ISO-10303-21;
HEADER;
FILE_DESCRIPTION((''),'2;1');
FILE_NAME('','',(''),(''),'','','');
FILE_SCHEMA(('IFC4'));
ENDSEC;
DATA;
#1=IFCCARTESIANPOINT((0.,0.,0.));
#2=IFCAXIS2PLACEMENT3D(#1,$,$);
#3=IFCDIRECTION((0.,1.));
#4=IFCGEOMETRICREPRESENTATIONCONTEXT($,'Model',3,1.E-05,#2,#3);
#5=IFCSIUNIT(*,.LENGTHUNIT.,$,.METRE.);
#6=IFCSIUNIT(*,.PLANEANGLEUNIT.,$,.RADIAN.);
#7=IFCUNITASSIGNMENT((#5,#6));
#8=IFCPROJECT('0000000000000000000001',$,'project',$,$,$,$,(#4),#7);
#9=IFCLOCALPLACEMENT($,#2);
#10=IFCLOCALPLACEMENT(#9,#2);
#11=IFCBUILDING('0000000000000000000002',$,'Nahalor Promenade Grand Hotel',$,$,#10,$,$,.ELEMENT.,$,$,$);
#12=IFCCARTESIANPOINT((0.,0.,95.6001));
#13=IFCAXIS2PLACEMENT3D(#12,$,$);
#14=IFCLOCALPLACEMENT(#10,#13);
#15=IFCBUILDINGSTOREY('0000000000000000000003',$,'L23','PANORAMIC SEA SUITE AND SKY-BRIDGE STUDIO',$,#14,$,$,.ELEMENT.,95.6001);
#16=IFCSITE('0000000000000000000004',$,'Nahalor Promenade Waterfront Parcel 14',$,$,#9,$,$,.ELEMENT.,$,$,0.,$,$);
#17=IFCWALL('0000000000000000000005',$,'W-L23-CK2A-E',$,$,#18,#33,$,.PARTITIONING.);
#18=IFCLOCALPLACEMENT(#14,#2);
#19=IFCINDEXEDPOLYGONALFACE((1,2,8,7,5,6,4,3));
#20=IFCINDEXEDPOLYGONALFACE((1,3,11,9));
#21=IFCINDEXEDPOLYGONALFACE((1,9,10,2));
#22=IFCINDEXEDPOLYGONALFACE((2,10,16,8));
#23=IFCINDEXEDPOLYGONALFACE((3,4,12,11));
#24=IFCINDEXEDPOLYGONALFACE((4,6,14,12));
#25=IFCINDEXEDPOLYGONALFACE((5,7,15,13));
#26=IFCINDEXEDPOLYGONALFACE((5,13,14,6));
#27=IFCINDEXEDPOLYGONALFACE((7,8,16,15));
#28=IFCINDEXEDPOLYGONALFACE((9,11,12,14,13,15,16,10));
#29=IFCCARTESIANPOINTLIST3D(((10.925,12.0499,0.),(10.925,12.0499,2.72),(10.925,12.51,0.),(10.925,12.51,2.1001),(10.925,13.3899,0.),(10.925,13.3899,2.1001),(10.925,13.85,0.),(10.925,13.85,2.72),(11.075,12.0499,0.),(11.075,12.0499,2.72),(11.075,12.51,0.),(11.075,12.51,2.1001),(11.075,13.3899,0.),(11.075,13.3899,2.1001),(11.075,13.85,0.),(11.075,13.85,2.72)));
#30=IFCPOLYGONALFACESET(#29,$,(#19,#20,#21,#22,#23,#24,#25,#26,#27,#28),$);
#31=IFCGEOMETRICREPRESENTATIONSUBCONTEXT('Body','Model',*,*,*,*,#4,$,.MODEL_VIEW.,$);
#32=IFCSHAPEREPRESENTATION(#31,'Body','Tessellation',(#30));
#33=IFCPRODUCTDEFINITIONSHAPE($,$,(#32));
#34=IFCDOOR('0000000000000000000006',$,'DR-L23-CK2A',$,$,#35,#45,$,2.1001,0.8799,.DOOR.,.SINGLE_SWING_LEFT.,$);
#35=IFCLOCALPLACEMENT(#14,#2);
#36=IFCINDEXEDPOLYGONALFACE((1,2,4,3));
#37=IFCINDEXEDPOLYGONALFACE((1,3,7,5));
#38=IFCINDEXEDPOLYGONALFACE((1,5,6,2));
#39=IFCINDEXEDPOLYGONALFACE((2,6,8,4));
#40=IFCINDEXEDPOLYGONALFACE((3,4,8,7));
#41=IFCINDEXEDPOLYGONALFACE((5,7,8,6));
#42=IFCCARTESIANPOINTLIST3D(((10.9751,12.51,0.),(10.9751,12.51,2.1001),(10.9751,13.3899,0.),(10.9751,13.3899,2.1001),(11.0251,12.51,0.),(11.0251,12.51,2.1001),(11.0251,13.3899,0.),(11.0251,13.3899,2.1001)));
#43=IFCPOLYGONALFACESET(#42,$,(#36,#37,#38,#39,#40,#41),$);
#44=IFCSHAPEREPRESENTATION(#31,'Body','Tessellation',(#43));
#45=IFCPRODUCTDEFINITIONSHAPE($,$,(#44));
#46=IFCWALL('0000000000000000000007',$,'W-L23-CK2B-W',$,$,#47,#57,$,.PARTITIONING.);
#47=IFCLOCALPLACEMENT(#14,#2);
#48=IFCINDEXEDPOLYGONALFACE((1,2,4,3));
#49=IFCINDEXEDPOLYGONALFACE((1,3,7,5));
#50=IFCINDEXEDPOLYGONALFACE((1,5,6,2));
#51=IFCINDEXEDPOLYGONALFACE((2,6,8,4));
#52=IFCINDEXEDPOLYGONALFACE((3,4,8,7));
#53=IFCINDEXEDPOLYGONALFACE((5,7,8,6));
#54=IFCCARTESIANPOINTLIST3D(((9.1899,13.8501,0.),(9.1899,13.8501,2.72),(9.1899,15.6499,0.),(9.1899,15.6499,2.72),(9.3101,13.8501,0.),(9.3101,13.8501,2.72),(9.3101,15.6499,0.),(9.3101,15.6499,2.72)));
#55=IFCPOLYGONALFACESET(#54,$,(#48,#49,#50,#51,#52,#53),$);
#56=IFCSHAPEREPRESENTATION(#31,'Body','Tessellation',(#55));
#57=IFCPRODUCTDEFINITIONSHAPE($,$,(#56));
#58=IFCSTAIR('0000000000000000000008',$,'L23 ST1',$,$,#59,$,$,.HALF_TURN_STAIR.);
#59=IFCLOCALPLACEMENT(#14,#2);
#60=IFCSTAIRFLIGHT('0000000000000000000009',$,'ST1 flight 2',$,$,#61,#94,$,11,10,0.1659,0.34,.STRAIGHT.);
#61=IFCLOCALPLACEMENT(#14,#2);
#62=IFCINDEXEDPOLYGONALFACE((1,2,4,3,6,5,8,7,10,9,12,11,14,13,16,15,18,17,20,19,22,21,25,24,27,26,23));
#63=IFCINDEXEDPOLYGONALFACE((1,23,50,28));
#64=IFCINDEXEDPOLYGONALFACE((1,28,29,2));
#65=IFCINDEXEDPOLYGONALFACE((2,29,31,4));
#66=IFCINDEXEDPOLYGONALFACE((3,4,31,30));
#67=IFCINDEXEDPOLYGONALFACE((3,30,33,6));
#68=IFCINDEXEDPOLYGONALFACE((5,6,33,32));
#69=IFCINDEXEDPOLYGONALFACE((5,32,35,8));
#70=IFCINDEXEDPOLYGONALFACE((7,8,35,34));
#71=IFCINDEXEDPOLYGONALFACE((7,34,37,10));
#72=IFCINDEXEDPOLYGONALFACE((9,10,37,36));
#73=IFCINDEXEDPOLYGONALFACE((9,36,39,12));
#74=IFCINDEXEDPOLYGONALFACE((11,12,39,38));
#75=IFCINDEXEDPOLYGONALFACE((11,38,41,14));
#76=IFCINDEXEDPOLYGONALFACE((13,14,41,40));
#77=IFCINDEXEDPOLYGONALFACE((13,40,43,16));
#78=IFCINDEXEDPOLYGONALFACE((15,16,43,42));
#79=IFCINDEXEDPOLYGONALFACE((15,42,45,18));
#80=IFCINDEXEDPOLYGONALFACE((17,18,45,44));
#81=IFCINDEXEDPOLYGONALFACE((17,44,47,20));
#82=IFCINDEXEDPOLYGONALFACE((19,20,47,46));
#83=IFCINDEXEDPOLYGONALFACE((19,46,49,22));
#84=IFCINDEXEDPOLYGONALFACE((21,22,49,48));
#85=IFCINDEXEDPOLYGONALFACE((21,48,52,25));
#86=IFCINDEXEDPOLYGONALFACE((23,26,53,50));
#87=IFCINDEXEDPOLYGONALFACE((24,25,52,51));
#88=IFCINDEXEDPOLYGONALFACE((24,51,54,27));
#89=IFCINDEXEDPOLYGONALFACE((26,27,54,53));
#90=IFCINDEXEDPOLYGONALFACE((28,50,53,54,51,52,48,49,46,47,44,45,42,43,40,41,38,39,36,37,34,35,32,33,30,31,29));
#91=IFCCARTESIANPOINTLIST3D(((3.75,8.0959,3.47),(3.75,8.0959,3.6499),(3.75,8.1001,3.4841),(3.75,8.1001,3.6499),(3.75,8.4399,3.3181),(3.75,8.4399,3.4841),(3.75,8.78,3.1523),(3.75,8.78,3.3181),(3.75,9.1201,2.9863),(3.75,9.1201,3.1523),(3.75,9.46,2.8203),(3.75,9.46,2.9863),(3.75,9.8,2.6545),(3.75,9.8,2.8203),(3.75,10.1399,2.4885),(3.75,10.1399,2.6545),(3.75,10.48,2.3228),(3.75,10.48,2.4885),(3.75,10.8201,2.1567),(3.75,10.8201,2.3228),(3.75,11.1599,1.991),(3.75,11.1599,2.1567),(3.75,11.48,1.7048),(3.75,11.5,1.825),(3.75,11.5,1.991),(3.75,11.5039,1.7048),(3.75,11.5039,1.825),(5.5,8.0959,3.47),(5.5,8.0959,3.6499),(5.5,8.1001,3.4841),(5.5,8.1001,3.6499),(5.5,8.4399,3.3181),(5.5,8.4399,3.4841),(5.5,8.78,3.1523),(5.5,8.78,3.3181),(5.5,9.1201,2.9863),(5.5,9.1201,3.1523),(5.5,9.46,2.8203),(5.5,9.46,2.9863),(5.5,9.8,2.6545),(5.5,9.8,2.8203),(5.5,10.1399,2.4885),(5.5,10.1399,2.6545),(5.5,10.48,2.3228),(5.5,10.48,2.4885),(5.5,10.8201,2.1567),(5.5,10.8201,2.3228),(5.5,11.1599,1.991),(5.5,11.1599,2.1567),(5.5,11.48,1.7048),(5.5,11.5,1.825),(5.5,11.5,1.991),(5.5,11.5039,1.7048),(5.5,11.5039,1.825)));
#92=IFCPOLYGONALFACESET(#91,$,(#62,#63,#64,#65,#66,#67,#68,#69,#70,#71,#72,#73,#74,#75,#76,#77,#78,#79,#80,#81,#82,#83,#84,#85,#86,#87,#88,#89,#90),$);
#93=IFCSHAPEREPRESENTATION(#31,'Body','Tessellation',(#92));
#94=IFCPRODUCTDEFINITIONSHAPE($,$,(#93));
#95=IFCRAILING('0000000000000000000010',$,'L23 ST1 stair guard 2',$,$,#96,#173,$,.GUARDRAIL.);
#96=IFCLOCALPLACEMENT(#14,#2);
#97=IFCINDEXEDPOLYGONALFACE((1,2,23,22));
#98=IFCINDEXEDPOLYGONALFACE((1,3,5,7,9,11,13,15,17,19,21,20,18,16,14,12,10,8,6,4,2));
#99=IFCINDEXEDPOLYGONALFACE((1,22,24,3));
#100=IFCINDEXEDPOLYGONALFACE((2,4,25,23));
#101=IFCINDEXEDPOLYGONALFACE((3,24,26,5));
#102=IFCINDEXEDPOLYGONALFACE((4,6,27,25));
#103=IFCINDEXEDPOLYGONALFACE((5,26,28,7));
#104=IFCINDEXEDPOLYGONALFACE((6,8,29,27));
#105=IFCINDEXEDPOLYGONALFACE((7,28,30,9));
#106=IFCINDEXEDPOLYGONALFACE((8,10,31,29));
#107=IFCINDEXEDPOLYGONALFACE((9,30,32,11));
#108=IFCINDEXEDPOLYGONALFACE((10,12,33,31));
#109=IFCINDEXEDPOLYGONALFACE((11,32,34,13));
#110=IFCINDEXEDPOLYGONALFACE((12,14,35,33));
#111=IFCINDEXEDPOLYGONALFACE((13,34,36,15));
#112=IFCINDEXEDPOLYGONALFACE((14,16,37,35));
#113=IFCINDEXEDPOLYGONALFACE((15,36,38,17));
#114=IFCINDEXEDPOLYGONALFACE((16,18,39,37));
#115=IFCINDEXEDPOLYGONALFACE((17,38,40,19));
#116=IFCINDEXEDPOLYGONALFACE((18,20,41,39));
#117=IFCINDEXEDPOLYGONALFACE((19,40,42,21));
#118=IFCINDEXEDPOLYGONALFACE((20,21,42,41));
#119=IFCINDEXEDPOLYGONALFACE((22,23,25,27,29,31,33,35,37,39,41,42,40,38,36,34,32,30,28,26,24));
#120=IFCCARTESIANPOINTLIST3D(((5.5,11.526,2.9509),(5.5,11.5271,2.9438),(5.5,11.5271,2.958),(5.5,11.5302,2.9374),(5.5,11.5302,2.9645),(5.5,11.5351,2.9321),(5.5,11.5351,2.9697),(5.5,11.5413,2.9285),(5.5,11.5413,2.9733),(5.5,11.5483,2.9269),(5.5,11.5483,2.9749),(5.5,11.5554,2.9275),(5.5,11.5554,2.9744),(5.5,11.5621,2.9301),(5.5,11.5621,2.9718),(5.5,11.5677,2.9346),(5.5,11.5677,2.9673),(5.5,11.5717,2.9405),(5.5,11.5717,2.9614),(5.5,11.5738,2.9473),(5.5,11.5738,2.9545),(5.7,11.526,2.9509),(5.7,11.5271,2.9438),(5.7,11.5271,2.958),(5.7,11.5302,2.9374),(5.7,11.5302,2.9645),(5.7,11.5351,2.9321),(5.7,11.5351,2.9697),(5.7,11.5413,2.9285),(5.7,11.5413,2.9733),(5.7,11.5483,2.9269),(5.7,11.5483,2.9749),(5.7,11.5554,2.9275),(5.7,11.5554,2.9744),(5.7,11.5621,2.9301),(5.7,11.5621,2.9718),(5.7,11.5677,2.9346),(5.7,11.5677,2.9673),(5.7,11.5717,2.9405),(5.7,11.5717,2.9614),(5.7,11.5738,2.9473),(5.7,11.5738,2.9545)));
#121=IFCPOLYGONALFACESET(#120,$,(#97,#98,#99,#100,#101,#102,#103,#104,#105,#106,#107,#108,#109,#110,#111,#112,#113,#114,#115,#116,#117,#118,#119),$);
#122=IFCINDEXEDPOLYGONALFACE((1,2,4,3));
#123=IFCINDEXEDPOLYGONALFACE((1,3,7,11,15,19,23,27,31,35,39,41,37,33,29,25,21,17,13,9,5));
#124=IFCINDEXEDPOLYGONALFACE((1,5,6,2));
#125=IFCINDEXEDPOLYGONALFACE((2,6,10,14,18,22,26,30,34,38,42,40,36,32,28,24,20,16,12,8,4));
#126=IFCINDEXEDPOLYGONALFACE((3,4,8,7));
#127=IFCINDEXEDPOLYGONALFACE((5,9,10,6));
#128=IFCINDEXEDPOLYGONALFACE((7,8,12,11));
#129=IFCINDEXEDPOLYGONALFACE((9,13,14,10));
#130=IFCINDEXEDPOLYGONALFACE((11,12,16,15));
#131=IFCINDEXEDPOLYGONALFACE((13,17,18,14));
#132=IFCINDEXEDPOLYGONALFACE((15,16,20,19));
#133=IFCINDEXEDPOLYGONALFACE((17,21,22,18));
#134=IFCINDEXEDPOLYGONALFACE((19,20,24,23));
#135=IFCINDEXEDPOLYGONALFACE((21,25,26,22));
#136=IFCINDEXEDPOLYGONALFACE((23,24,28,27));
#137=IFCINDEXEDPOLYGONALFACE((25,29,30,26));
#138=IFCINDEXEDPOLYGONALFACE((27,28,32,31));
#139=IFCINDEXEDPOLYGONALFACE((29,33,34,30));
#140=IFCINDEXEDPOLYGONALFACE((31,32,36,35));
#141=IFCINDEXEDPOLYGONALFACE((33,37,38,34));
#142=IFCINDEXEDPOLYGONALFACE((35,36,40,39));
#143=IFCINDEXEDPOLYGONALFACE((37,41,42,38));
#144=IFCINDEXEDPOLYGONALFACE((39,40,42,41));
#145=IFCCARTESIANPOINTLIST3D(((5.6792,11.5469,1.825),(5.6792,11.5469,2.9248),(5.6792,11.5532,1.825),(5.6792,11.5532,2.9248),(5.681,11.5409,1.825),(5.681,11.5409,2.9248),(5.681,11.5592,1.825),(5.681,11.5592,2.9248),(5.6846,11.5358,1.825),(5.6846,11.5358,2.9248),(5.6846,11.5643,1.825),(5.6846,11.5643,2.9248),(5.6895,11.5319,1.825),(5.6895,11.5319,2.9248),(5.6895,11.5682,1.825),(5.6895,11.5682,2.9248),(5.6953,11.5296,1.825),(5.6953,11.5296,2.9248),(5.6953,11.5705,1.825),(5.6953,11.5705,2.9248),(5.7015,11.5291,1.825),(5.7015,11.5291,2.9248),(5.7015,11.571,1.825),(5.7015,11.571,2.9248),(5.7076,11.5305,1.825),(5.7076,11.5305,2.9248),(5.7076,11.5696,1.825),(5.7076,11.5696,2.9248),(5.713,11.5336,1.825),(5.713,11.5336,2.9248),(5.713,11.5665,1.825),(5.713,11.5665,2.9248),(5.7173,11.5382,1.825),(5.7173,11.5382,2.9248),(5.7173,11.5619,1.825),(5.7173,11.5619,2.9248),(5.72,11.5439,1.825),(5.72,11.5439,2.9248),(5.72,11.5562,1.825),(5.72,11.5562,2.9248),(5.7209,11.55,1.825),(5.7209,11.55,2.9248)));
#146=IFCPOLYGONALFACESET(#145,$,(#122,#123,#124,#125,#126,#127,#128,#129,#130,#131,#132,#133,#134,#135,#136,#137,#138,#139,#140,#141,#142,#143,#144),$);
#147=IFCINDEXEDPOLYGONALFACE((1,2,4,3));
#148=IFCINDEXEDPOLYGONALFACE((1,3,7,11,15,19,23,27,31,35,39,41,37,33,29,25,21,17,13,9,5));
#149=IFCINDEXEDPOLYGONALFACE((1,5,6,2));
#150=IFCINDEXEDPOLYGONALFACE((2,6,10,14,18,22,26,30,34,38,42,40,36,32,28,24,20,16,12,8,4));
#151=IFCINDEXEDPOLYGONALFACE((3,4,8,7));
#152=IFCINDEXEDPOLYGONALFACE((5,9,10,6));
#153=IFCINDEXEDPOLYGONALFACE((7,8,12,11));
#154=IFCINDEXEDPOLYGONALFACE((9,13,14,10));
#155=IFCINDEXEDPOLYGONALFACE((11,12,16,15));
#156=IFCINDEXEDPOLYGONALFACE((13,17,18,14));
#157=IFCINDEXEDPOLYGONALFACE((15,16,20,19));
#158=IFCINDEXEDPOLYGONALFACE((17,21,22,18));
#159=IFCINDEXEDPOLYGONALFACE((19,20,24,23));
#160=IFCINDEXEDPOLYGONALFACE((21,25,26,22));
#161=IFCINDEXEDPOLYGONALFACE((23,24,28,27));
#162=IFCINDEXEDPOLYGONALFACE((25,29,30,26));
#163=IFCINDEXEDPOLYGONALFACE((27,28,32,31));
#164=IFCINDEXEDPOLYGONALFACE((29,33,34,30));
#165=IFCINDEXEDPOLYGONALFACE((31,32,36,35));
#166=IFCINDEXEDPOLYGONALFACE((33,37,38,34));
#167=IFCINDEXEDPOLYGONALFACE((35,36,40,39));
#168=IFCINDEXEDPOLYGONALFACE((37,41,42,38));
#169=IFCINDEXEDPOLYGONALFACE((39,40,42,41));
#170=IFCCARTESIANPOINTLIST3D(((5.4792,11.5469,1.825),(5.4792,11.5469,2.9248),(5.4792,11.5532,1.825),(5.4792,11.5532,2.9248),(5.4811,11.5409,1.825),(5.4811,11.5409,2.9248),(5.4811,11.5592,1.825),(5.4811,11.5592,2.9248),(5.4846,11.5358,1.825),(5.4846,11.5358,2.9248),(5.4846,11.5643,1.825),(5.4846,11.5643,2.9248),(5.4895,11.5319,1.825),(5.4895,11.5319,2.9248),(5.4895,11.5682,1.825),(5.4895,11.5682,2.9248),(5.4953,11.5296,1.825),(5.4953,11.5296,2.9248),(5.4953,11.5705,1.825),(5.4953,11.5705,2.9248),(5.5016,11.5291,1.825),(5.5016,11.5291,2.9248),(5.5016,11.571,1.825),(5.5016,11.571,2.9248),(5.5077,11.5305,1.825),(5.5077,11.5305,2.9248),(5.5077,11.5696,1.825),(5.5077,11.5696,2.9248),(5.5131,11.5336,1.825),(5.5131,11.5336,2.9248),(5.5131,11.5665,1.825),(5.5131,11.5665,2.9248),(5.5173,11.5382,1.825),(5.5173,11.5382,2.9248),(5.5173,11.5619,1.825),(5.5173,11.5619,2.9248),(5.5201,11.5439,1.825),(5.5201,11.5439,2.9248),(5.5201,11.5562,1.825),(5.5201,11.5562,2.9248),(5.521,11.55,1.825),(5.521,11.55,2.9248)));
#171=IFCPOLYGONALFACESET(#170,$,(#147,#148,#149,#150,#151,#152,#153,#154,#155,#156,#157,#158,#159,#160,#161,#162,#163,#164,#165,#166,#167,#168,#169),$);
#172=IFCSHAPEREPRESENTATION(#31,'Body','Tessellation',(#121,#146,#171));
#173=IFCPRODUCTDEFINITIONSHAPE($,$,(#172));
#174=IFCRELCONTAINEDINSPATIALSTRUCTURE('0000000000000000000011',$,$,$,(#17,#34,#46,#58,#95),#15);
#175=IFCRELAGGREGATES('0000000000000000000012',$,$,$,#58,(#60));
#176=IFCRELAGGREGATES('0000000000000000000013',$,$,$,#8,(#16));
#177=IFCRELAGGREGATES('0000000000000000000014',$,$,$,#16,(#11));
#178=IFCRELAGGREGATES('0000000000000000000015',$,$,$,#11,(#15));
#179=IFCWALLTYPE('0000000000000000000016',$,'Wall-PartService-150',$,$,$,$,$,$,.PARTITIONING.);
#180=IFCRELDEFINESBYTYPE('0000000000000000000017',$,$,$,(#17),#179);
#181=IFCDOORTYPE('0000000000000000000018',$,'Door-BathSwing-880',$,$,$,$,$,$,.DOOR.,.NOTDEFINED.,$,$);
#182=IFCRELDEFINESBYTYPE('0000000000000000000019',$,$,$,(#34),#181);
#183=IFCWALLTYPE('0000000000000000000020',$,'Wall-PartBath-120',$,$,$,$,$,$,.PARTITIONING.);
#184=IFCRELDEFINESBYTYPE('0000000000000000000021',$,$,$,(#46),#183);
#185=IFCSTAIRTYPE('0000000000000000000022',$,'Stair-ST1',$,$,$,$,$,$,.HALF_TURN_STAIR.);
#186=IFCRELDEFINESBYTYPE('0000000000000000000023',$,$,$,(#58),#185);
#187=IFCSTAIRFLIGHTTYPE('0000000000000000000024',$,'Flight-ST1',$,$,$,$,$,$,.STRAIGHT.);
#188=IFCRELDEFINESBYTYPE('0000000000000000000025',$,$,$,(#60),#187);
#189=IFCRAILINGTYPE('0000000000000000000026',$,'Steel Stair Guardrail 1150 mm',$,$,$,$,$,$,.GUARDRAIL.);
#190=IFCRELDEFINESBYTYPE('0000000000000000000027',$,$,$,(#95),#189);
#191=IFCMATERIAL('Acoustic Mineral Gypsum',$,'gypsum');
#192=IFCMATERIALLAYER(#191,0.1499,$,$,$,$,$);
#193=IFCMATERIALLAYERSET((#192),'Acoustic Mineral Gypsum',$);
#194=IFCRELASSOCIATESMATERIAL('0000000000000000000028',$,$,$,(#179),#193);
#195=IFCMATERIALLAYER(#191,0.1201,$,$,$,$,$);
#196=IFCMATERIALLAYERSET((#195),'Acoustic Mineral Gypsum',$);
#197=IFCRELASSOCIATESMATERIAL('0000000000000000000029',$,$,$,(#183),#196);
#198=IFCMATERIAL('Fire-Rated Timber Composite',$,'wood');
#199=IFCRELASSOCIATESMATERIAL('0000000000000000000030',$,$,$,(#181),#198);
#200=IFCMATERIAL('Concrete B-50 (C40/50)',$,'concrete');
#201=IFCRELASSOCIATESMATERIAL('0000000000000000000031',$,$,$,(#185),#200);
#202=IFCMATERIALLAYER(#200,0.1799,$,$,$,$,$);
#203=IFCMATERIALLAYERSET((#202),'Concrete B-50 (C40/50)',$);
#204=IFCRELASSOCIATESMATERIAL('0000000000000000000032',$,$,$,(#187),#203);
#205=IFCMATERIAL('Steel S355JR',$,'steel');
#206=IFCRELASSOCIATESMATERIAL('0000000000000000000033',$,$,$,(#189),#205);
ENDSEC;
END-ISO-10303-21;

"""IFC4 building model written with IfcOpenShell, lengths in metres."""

from ifc_helpers import new_model, si_unit, direction, frame, frame_2d, origin, origin_2d, place, context, subcontext, project, spatial, polyline, rectangle, circle, outline, extrude, source, transform, mapped, material, layer, layer_set, type_object, element, fill, aggregate, save


model = new_model("IFC4")

# Units and contexts
model_context = context("Model", 3, precision=1e-05, world=origin(), true_north=direction((0.0, 1.0)))
body_context = subcontext(model_context, "Body", "Model", "MODEL_VIEW")
ifc_project = project(units=[si_unit("LENGTHUNIT", "METRE"), si_unit("PLANEANGLEUNIT", "RADIAN")], contexts=[model_context])

# Site, building, storey
site_placement = place(None, origin())
site = spatial("IfcSite", under=ifc_project, at=site_placement, Name="Nahalor Promenade Waterfront Parcel 14", CompositionType="ELEMENT", RefElevation=0.0)
building_placement = place(site_placement, origin())
building = spatial("IfcBuilding", under=site, at=building_placement, Name="Nahalor Promenade Grand Hotel", CompositionType="ELEMENT")
storey_placement = place(building_placement, frame((0.0, 0.0, 95.6001)))
storey = spatial("IfcBuildingStorey", under=building, at=storey_placement, Name="L23", Description="PANORAMIC SEA SUITE AND SKY-BRIDGE STUDIO", CompositionType="ELEMENT", Elevation=95.6001)

# Shared definitions
ifc_material_1 = material(Name="Steel S355JR", Category="steel")

# Shared definitions
ifc_material_2 = material(Name="Concrete B-50 (C40/50)", Category="concrete")
ifc_material_3 = material(Name="Acoustic Mineral Gypsum", Category="gypsum")
ifc_layer_1 = layer(ifc_material_3, 0.1499)
ifc_layer_set_1 = layer_set([ifc_layer_1], Name="Acoustic Mineral Gypsum")
wall_type_1 = type_object("IfcWallType", Name="Wall-PartService-150", PredefinedType="PARTITIONING", material=ifc_layer_set_1)
ifc_layer_2 = layer(ifc_material_3, 0.1201)
ifc_layer_set_2 = layer_set([ifc_layer_2], Name="Acoustic Mineral Gypsum")
wall_type_2 = type_object("IfcWallType", Name="Wall-PartBath-120", PredefinedType="PARTITIONING", material=ifc_layer_set_2)
shared_shape_1 = source(origin(), body_context, "Body", "SweptSolid", [
    extrude(rectangle(XDim=1.8, YDim=0.1499, at=frame_2d((0.8999, 0.0))), origin(), (0.0, 0.0, 1.0), 2.72),
])

# Wall, opening, door
wall_1_placement = place(storey_placement, frame((11.0, 12.05, 0.0), z_axis=(0.0, 0.0, 1.0), x_axis=(0.0, 1.0, 0.0)))
wall_1 = element("IfcWall", 1, at=wall_1_placement, inside=storey, type_object=wall_type_1, Name="W-L23-CK2A-E", PredefinedType="PARTITIONING", context=body_context, shape_type="MappedRepresentation", body=[
    mapped(shared_shape_1, transform((0.0, 0.0, 0.0), scale=1.0)),
])
opening_placement = place(wall_1_placement, frame((0.46, 0.0, 0.0)))
opening = element("IfcOpeningElement", 2, at=opening_placement, cuts=wall_1, PredefinedType="OPENING", context=body_context, shape_type="SweptSolid", body=[
    extrude(rectangle(XDim=0.8799, YDim=2.1001, at=frame_2d((0.4399, 1.05))), frame((0.0, 0.085, 0.0), z_axis=(0.0, -1.0, 0.0), x_axis=(1.0, 0.0, 0.0)), (0.0, 0.0, 1.0), 0.1699),
])
ifc_material_4 = material(Name="Fire-Rated Timber Composite", Category="wood")
door_type = type_object("IfcDoorType", Name="Door-BathSwing-880", OperationType="NOTDEFINED", PredefinedType="DOOR", material=ifc_material_4)
shared_shape_2 = source(origin(), body_context, "Body", "SweptSolid", [
    extrude(rectangle(XDim=0.8799, YDim=2.1001, at=frame_2d((0.4399, 1.05))), frame((0.0, 0.0249, 0.0), z_axis=(0.0, -1.0, 0.0), x_axis=(1.0, 0.0, 0.0)), (0.0, 0.0, 1.0), 0.05),
])
door_placement = place(opening_placement, origin())
door = element("IfcDoor", 3, at=door_placement, inside=storey, type_object=door_type, Name="DR-L23-CK2A", OperationType="SINGLE_SWING_LEFT", OverallHeight=2.1001, OverallWidth=0.8799, PredefinedType="DOOR", context=body_context, shape_type="MappedRepresentation", body=[
    mapped(shared_shape_2, transform((0.0, 0.0, 0.0), scale=1.0)),
])
fill(opening, door)

# Wall
shared_shape_3 = source(origin(), body_context, "Body", "SweptSolid", [
    extrude(rectangle(XDim=1.7998, YDim=0.1201, at=frame_2d((0.8999, 0.0))), origin(), (0.0, 0.0, 1.0), 2.72),
])
wall_2_placement = place(storey_placement, frame((9.25, 13.8501, 0.0), z_axis=(0.0, 0.0, 1.0), x_axis=(0.0, 1.0, 0.0)))
element("IfcWall", 4, at=wall_2_placement, inside=storey, type_object=wall_type_2, Name="W-L23-CK2B-W", PredefinedType="PARTITIONING", context=body_context, shape_type="MappedRepresentation", body=[
    mapped(shared_shape_3, transform((0.0, 0.0, 0.0), scale=1.0)),
])

# Stair, stair flight
stair_type = type_object("IfcStairType", Name="Stair-ST1", PredefinedType="HALF_TURN_STAIR", material=ifc_material_2)
stair_placement = place(storey_placement, origin())
stair = element("IfcStair", 5, at=stair_placement, inside=storey, type_object=stair_type, Name="L23 ST1", PredefinedType="HALF_TURN_STAIR")
ifc_layer_3 = layer(ifc_material_2, 0.1799)
ifc_layer_set_3 = layer_set([ifc_layer_3], Name="Concrete B-50 (C40/50)")
stair_flight_type = type_object("IfcStairFlightType", Name="Flight-ST1", PredefinedType="STRAIGHT", material=ifc_layer_set_3)
shared_shape_4 = source(origin(), body_context, "Body", "SweptSolid", [
    extrude(outline(polyline([(-0.0039, -0.1201), (-0.0039, 0.0), (0.0, 0.0), (0.0, 0.166), (0.3401, 0.166), (0.3401, 0.3318), (0.6799, 0.3318), (0.6799, 0.4978), (1.02, 0.4978), (1.02, 0.6636), (1.3601, 0.6636), (1.3601, 0.8296), (1.7, 0.8296), (1.7, 0.9954), (2.04, 0.9954), (2.04, 1.1614), (2.3799, 1.1614), (2.3799, 1.3274), (2.72, 1.3274), (2.72, 1.4932), (3.0601, 1.4932), (3.0601, 1.6592), (3.3999, 1.6592), (3.3999, 1.825), (3.4041, 1.825), (3.4041, 1.645), (0.02, -0.1201), (-0.0039, -0.1201)])), frame((0.0, 0.875, 0.0), z_axis=(0.0, -1.0, 0.0), x_axis=(1.0, 0.0, 0.0)), (0.0, 0.0, 1.0), 1.75),
])
stair_flight_placement = place(storey_placement, frame((4.625, 11.5, 1.825), z_axis=(0.0, 0.0, 1.0), x_axis=(0.0, -1.0, 0.0)))
stair_flight = element("IfcStairFlight", 6, at=stair_flight_placement, type_object=stair_flight_type, Name="ST1 flight 2", NumberOfRisers=11, NumberOfTreads=10, PredefinedType="STRAIGHT", RiserHeight=0.1659, TreadLength=0.34, context=body_context, shape_type="MappedRepresentation", body=[
    mapped(shared_shape_4, transform((0.0, 0.0, 0.0), scale=1.0)),
])
aggregate(stair, [stair_flight])

# Railing
railing_type_1 = type_object("IfcRailingType", Name="Steel Stair Guardrail 1150 mm", PredefinedType="GUARDRAIL", material=ifc_material_1)
railing_1_placement = place(storey_placement, frame((5.7, 11.55, 1.825)))
element("IfcRailing", 7, at=railing_1_placement, inside=storey, type_object=railing_type_1, Name="L23 ST1 stair guard 2", PredefinedType="GUARDRAIL", context=body_context, shape_type="SweptSolid", body=[
    extrude(circle(Radius=0.024, at=origin_2d()), frame((0.0, 0.0, 1.126), z_axis=(-1.0, 0.0, 0.0), x_axis=(0.0, -1.0, 0.0)), (0.0, 0.0, 1.0), 0.2),
    extrude(circle(Radius=0.021, at=origin_2d()), origin(), (0.0, 0.0, 1.0), 1.0999),
    extrude(circle(Radius=0.021, at=origin_2d()), frame((-0.2, 0.0, 0.0)), (0.0, 0.0, 1.0), 1.0999),
])

save(model, "model.ifc")
